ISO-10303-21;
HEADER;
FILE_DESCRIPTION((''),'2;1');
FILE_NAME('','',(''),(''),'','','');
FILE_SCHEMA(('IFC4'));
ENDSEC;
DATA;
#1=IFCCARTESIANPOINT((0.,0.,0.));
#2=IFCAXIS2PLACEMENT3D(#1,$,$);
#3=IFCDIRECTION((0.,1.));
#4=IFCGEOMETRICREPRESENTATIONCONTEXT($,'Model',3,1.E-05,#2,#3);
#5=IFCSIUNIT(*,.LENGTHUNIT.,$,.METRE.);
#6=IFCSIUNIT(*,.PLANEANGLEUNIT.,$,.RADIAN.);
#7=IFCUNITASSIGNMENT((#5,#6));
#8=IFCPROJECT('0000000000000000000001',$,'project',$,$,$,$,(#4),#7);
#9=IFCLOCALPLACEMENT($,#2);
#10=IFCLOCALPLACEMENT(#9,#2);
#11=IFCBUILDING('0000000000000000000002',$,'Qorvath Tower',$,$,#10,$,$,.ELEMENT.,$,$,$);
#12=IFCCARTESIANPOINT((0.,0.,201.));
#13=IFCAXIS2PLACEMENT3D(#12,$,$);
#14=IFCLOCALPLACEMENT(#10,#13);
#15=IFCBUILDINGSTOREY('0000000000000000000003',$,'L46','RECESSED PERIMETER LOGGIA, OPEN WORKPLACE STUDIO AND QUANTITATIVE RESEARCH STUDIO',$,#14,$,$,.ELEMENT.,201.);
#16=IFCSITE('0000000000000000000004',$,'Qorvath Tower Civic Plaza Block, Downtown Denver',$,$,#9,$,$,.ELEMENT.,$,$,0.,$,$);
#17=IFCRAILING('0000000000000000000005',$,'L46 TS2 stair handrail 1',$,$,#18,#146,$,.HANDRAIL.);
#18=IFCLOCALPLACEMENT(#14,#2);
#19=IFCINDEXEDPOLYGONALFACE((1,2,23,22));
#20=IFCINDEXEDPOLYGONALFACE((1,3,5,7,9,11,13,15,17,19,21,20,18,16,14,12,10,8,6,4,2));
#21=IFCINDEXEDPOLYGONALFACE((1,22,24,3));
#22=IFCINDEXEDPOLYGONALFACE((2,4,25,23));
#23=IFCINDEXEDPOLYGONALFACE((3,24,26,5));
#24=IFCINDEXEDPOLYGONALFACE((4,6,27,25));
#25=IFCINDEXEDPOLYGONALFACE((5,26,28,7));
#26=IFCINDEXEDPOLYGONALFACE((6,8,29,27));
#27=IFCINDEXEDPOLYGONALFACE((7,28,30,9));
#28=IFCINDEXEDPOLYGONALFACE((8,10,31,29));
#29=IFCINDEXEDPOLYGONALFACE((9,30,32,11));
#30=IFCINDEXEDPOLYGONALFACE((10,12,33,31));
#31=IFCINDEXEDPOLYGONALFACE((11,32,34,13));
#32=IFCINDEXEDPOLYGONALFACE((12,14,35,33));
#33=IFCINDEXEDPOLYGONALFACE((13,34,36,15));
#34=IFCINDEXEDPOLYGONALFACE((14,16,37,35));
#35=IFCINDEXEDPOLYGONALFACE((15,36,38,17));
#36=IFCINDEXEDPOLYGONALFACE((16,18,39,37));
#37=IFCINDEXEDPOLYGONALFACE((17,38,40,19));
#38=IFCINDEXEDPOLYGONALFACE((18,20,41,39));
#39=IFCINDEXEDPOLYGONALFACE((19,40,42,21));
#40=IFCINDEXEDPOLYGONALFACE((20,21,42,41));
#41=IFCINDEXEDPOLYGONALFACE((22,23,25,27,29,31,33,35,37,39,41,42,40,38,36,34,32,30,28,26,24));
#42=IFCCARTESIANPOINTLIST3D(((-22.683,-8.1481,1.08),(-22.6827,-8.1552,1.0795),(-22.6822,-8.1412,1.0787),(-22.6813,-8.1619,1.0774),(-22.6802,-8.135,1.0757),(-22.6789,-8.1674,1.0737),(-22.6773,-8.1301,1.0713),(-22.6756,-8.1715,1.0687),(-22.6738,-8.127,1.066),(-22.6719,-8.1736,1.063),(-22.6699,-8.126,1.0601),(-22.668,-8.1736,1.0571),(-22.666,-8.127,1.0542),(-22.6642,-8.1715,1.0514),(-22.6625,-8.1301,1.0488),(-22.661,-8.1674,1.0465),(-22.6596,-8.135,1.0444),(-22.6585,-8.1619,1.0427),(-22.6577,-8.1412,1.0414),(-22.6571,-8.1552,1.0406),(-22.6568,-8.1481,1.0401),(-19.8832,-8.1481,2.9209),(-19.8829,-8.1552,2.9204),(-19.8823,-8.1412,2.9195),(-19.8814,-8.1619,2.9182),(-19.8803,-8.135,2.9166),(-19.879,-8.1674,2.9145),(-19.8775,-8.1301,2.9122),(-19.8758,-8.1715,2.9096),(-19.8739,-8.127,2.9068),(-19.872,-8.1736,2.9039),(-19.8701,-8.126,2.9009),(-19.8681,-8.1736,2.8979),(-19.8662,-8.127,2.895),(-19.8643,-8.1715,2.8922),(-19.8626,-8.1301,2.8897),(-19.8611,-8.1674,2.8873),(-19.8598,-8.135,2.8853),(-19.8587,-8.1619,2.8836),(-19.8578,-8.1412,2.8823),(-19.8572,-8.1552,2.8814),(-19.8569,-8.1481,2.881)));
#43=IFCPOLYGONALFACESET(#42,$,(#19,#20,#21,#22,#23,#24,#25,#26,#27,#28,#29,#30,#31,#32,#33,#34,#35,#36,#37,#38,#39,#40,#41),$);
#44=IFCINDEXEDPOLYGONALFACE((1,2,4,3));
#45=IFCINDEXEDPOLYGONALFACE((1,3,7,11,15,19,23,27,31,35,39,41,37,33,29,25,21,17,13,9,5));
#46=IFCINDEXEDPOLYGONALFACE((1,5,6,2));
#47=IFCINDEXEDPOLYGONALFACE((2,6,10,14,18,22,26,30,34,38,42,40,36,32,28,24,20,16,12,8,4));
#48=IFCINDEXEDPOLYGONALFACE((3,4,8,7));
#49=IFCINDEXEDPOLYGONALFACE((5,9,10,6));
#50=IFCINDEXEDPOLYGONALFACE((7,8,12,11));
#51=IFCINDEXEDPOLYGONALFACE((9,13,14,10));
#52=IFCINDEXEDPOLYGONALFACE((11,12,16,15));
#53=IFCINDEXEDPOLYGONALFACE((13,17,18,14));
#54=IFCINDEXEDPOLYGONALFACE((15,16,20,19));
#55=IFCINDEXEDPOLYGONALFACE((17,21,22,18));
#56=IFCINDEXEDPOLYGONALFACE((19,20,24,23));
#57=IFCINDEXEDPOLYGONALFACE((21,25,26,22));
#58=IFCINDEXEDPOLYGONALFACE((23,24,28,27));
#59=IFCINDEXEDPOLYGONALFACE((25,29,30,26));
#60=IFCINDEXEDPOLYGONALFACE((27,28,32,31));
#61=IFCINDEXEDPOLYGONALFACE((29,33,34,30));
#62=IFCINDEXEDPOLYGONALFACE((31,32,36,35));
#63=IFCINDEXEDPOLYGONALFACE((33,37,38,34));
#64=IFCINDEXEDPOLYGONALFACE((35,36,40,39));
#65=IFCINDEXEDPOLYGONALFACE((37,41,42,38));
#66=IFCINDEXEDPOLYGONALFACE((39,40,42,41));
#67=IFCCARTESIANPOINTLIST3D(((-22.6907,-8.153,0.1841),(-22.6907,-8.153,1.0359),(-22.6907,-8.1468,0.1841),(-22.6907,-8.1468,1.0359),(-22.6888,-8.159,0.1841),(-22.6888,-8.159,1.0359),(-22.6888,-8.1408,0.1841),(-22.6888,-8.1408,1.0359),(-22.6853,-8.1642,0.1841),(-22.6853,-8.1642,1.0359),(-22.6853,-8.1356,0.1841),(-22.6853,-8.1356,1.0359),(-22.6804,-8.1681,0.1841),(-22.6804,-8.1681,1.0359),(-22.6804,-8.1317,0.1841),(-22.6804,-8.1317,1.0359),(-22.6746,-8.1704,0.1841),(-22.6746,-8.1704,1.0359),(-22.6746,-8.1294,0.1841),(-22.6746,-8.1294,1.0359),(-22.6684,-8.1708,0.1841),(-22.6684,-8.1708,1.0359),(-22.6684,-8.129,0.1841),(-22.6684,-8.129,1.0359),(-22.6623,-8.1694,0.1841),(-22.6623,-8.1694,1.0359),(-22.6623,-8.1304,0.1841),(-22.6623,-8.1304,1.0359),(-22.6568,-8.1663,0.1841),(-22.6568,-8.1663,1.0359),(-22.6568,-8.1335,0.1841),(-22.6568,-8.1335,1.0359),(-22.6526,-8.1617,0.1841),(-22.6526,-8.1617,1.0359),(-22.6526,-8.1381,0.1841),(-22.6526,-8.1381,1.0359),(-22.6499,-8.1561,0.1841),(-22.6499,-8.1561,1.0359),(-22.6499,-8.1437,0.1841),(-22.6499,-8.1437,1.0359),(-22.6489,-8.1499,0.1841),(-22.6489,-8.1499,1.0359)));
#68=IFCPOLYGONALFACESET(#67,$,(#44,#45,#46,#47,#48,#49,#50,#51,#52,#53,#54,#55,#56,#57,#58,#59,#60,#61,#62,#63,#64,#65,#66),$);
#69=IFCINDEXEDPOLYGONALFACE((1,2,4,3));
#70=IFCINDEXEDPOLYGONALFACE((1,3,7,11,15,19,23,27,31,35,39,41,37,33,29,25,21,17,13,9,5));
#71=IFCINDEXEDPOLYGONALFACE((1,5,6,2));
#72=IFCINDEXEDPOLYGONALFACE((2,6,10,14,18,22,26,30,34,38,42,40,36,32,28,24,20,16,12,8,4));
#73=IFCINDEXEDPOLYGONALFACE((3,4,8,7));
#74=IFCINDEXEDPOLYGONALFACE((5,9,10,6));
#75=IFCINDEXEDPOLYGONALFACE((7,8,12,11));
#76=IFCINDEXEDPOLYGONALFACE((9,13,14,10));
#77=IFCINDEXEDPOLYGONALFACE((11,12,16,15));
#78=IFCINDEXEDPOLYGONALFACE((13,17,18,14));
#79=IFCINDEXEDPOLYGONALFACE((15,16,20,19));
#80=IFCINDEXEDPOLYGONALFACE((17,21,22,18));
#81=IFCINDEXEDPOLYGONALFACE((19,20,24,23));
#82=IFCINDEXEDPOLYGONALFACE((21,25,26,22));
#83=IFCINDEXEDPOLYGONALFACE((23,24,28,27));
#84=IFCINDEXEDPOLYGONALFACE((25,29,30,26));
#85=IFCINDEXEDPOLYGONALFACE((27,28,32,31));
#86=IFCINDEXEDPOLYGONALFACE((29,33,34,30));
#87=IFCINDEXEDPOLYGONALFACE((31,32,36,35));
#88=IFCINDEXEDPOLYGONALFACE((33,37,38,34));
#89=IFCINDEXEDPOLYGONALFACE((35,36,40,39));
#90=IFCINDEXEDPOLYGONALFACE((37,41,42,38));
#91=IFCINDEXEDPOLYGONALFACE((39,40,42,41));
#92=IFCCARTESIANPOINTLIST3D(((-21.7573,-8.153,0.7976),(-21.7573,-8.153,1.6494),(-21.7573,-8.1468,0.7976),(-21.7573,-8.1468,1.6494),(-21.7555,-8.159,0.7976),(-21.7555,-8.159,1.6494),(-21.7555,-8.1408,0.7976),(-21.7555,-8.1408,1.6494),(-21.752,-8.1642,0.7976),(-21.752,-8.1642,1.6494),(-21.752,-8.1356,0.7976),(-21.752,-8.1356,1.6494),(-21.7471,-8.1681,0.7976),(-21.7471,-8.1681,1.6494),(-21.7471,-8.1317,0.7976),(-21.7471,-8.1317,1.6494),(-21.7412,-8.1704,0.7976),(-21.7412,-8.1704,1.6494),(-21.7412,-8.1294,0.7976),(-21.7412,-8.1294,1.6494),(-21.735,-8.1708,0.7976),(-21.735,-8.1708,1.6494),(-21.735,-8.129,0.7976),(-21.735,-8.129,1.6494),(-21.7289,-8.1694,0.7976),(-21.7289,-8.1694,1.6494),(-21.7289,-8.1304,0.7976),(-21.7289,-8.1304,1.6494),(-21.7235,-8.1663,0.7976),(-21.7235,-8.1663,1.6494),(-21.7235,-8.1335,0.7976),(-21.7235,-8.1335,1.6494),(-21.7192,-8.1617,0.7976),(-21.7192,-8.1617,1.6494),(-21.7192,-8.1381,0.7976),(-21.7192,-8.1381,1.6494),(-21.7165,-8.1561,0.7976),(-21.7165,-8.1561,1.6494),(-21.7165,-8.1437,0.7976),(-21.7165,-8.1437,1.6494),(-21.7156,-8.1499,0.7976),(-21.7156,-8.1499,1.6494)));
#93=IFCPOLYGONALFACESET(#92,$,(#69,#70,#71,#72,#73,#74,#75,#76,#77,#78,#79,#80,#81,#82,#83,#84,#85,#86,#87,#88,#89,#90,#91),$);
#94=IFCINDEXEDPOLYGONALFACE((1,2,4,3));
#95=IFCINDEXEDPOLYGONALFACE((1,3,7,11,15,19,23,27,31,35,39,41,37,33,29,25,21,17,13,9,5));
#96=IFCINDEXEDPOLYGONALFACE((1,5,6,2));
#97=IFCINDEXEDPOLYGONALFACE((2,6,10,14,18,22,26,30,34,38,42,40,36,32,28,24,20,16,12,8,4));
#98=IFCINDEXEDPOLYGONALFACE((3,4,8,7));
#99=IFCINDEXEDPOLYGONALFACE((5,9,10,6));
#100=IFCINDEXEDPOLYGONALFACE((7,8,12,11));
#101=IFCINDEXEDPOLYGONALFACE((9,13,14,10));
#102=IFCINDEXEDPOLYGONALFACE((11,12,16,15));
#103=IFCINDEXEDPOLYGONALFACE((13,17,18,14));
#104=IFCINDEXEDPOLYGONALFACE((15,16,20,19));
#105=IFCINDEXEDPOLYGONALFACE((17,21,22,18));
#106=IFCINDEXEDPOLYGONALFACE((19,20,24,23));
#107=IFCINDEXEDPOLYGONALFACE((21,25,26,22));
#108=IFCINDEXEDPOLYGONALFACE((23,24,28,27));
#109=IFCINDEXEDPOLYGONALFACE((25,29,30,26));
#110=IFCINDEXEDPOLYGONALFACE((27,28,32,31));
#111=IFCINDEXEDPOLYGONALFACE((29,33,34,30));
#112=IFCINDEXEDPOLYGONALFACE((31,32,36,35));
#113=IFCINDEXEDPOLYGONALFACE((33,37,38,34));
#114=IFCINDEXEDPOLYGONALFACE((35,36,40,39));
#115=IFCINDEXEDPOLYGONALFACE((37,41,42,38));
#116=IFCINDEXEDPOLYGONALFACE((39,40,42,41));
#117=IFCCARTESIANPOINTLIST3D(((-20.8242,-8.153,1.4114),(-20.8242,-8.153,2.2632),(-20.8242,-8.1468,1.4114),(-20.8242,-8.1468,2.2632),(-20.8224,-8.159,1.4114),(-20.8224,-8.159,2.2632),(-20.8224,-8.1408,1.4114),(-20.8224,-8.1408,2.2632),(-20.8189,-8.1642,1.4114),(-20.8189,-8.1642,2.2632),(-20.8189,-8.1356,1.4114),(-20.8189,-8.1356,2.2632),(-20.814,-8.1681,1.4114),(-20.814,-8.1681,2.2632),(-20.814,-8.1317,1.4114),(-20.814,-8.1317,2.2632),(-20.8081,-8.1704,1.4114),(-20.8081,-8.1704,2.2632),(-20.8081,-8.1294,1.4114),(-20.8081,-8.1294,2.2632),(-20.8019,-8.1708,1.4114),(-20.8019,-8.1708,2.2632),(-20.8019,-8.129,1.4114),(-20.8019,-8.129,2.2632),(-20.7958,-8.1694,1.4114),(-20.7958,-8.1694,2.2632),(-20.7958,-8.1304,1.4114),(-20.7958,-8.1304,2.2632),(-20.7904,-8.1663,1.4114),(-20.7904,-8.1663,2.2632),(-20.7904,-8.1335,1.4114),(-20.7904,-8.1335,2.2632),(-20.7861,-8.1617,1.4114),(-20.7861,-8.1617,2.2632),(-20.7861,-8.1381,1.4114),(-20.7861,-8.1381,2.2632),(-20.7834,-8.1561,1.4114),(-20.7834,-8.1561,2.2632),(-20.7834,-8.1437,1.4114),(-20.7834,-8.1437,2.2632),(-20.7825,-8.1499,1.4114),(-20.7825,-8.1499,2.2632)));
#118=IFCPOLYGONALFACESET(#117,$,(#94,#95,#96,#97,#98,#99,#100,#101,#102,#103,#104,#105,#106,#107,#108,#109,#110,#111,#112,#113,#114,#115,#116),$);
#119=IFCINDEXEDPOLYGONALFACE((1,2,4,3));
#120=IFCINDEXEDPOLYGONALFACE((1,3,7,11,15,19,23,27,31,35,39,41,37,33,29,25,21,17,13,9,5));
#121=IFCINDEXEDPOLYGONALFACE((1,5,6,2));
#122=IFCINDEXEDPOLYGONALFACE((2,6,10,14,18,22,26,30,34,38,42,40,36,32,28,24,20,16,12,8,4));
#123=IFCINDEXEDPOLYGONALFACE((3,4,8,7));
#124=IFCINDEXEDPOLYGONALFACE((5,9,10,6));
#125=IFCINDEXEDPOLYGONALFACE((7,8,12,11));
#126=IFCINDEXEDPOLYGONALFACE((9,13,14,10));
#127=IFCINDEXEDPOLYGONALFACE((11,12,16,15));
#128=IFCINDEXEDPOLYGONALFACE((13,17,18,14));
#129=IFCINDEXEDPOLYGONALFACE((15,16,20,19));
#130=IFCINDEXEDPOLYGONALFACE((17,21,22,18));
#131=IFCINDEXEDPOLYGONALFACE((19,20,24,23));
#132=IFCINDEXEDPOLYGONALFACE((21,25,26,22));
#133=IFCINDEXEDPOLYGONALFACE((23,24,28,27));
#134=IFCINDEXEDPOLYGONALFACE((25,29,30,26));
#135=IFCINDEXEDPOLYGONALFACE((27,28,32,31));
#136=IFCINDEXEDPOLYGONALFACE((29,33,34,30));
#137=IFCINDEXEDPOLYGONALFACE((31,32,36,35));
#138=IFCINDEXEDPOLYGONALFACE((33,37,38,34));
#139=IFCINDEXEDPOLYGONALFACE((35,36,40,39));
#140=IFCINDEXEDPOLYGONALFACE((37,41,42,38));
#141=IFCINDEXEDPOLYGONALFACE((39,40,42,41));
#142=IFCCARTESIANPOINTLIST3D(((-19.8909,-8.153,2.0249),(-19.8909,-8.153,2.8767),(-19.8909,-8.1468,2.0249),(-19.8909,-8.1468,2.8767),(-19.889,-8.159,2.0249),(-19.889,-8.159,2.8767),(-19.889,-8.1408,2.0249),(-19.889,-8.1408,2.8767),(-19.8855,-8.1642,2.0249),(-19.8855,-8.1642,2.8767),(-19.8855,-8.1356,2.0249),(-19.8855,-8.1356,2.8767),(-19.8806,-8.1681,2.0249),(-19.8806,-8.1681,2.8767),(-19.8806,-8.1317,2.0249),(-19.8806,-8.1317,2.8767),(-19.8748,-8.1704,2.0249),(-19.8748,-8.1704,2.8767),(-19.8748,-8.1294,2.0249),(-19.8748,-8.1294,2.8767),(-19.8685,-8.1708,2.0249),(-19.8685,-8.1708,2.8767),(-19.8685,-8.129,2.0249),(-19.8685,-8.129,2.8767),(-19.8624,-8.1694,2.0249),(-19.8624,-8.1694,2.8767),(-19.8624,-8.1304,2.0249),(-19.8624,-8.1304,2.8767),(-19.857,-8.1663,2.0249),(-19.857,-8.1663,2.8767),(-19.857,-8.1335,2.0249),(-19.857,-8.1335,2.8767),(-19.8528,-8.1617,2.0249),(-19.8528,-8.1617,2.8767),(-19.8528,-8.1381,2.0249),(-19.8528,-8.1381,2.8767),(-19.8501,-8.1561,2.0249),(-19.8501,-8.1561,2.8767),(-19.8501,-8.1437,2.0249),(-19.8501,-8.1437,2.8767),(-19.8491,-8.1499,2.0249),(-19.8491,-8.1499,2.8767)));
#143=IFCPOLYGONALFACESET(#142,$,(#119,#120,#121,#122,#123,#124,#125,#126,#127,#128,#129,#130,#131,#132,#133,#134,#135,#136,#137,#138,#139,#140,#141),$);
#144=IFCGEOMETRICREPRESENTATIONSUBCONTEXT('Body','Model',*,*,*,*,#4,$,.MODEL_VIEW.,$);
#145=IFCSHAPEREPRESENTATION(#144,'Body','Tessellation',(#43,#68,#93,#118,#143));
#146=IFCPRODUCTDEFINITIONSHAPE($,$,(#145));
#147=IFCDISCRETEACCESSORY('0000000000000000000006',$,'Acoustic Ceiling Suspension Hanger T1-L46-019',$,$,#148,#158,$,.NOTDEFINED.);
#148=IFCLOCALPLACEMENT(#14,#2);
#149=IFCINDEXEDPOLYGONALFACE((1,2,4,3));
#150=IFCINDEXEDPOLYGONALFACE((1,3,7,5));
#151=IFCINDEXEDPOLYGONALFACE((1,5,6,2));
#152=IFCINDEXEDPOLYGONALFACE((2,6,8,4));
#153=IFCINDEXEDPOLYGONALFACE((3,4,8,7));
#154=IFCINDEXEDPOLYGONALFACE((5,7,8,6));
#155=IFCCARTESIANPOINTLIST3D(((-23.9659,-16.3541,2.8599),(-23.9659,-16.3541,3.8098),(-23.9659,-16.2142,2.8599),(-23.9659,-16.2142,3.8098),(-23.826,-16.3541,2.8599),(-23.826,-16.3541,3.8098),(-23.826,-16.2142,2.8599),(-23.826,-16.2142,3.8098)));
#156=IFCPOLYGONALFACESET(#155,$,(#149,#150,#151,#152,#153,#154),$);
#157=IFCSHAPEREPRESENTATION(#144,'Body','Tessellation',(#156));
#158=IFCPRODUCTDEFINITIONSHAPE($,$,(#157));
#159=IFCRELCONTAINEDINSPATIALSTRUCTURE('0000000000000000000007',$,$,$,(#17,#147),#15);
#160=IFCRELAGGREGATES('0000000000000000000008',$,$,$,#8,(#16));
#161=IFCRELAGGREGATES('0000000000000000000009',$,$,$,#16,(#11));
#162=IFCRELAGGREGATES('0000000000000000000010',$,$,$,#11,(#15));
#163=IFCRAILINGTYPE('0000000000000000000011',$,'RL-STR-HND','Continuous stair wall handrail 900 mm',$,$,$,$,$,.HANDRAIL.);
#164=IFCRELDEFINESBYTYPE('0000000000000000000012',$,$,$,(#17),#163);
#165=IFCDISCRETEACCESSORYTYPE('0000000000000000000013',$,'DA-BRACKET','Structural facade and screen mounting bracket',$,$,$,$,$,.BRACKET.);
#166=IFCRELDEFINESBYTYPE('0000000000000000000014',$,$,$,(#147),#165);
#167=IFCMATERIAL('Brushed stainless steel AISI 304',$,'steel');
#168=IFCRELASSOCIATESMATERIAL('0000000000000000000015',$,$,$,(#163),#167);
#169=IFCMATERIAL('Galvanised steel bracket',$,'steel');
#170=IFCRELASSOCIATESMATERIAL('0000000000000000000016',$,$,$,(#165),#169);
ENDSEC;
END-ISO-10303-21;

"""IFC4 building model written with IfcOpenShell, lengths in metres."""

from ifc_helpers import new_model, si_unit, direction, frame, origin, origin_2d, place, context, subcontext, project, spatial, rectangle, circle, extrude, material, type_object, element, save


model = new_model("IFC4")

# Units and contexts
model_context = context("Model", 3, precision=1e-05, world=origin(), true_north=direction((0.0, 1.0)))
body_context = subcontext(model_context, "Body", "Model", "MODEL_VIEW")
ifc_project = project(units=[si_unit("LENGTHUNIT", "METRE"), si_unit("PLANEANGLEUNIT", "RADIAN")], contexts=[model_context])

# Site, building, storey
site_placement = place(None, origin())
site = spatial("IfcSite", under=ifc_project, at=site_placement, Name="Qorvath Tower Civic Plaza Block, Downtown Denver", CompositionType="ELEMENT", RefElevation=0.0)
building_placement = place(site_placement, origin())
building = spatial("IfcBuilding", under=site, at=building_placement, Name="Qorvath Tower", CompositionType="ELEMENT")
storey_placement = place(building_placement, frame((0.0, 0.0, 201.0)))
storey = spatial("IfcBuildingStorey", under=building, at=storey_placement, Name="L46", Description="RECESSED PERIMETER LOGGIA, OPEN WORKPLACE STUDIO AND QUANTITATIVE RESEARCH STUDIO", CompositionType="ELEMENT", Elevation=201.0)

# Railing
ifc_material_1 = material(Name="Brushed stainless steel AISI 304", Category="steel")
railing_type = type_object("IfcRailingType", Name="RL-STR-HND", Description="Continuous stair wall handrail 900 mm", PredefinedType="HANDRAIL", material=ifc_material_1)
railing_placement = place(storey_placement, frame((-22.6699, -8.1499, 0.1841)))
element("IfcRailing", 1, at=railing_placement, inside=storey, type_object=railing_type, Name="L46 TS2 stair handrail 1", PredefinedType="HANDRAIL", context=body_context, shape_type="SweptSolid", body=[
    extrude(circle(Radius=0.0239, at=origin_2d()), frame((0.0, 0.0, 0.876), z_axis=(0.835576, 0.0, 0.549376), x_axis=(0.0, 1.0, 0.0)), (0.0, 0.0, 1.0), 3.3508),
    extrude(circle(Radius=0.021, at=origin_2d()), origin(), (0.0, 0.0, 1.0), 0.8518),
    extrude(circle(Radius=0.021, at=origin_2d()), frame((0.9333, 0.0, 0.6135)), (0.0, 0.0, 1.0), 0.8518),
    extrude(circle(Radius=0.021, at=origin_2d()), frame((1.8665, 0.0, 1.2273)), (0.0, 0.0, 1.0), 0.8518),
    extrude(circle(Radius=0.021, at=origin_2d()), frame((2.7998, 0.0, 1.8408)), (0.0, 0.0, 1.0), 0.8518),
])

# Discrete accessory
ifc_material_2 = material(Name="Galvanised steel bracket", Category="steel")
discrete_accessory_type = type_object("IfcDiscreteAccessoryType", Name="DA-BRACKET", Description="Structural facade and screen mounting bracket", PredefinedType="BRACKET", material=ifc_material_2)
discrete_accessory_placement = place(storey_placement, frame((-23.896, -16.2842, 2.8599), z_axis=(0.0, 0.0, 1.0), x_axis=(1.0, 0.0, 0.0)))
element("IfcDiscreteAccessory", 2, at=discrete_accessory_placement, inside=storey, type_object=discrete_accessory_type, Name="Acoustic Ceiling Suspension Hanger T1-L46-019", PredefinedType="NOTDEFINED", context=body_context, shape_type="SweptSolid", body=[
    extrude(rectangle(XDim=0.1399, YDim=0.1399, at=origin_2d()), origin(), (0.0, 0.0, 1.0), 0.95),
])

save(model, "model.ifc")
